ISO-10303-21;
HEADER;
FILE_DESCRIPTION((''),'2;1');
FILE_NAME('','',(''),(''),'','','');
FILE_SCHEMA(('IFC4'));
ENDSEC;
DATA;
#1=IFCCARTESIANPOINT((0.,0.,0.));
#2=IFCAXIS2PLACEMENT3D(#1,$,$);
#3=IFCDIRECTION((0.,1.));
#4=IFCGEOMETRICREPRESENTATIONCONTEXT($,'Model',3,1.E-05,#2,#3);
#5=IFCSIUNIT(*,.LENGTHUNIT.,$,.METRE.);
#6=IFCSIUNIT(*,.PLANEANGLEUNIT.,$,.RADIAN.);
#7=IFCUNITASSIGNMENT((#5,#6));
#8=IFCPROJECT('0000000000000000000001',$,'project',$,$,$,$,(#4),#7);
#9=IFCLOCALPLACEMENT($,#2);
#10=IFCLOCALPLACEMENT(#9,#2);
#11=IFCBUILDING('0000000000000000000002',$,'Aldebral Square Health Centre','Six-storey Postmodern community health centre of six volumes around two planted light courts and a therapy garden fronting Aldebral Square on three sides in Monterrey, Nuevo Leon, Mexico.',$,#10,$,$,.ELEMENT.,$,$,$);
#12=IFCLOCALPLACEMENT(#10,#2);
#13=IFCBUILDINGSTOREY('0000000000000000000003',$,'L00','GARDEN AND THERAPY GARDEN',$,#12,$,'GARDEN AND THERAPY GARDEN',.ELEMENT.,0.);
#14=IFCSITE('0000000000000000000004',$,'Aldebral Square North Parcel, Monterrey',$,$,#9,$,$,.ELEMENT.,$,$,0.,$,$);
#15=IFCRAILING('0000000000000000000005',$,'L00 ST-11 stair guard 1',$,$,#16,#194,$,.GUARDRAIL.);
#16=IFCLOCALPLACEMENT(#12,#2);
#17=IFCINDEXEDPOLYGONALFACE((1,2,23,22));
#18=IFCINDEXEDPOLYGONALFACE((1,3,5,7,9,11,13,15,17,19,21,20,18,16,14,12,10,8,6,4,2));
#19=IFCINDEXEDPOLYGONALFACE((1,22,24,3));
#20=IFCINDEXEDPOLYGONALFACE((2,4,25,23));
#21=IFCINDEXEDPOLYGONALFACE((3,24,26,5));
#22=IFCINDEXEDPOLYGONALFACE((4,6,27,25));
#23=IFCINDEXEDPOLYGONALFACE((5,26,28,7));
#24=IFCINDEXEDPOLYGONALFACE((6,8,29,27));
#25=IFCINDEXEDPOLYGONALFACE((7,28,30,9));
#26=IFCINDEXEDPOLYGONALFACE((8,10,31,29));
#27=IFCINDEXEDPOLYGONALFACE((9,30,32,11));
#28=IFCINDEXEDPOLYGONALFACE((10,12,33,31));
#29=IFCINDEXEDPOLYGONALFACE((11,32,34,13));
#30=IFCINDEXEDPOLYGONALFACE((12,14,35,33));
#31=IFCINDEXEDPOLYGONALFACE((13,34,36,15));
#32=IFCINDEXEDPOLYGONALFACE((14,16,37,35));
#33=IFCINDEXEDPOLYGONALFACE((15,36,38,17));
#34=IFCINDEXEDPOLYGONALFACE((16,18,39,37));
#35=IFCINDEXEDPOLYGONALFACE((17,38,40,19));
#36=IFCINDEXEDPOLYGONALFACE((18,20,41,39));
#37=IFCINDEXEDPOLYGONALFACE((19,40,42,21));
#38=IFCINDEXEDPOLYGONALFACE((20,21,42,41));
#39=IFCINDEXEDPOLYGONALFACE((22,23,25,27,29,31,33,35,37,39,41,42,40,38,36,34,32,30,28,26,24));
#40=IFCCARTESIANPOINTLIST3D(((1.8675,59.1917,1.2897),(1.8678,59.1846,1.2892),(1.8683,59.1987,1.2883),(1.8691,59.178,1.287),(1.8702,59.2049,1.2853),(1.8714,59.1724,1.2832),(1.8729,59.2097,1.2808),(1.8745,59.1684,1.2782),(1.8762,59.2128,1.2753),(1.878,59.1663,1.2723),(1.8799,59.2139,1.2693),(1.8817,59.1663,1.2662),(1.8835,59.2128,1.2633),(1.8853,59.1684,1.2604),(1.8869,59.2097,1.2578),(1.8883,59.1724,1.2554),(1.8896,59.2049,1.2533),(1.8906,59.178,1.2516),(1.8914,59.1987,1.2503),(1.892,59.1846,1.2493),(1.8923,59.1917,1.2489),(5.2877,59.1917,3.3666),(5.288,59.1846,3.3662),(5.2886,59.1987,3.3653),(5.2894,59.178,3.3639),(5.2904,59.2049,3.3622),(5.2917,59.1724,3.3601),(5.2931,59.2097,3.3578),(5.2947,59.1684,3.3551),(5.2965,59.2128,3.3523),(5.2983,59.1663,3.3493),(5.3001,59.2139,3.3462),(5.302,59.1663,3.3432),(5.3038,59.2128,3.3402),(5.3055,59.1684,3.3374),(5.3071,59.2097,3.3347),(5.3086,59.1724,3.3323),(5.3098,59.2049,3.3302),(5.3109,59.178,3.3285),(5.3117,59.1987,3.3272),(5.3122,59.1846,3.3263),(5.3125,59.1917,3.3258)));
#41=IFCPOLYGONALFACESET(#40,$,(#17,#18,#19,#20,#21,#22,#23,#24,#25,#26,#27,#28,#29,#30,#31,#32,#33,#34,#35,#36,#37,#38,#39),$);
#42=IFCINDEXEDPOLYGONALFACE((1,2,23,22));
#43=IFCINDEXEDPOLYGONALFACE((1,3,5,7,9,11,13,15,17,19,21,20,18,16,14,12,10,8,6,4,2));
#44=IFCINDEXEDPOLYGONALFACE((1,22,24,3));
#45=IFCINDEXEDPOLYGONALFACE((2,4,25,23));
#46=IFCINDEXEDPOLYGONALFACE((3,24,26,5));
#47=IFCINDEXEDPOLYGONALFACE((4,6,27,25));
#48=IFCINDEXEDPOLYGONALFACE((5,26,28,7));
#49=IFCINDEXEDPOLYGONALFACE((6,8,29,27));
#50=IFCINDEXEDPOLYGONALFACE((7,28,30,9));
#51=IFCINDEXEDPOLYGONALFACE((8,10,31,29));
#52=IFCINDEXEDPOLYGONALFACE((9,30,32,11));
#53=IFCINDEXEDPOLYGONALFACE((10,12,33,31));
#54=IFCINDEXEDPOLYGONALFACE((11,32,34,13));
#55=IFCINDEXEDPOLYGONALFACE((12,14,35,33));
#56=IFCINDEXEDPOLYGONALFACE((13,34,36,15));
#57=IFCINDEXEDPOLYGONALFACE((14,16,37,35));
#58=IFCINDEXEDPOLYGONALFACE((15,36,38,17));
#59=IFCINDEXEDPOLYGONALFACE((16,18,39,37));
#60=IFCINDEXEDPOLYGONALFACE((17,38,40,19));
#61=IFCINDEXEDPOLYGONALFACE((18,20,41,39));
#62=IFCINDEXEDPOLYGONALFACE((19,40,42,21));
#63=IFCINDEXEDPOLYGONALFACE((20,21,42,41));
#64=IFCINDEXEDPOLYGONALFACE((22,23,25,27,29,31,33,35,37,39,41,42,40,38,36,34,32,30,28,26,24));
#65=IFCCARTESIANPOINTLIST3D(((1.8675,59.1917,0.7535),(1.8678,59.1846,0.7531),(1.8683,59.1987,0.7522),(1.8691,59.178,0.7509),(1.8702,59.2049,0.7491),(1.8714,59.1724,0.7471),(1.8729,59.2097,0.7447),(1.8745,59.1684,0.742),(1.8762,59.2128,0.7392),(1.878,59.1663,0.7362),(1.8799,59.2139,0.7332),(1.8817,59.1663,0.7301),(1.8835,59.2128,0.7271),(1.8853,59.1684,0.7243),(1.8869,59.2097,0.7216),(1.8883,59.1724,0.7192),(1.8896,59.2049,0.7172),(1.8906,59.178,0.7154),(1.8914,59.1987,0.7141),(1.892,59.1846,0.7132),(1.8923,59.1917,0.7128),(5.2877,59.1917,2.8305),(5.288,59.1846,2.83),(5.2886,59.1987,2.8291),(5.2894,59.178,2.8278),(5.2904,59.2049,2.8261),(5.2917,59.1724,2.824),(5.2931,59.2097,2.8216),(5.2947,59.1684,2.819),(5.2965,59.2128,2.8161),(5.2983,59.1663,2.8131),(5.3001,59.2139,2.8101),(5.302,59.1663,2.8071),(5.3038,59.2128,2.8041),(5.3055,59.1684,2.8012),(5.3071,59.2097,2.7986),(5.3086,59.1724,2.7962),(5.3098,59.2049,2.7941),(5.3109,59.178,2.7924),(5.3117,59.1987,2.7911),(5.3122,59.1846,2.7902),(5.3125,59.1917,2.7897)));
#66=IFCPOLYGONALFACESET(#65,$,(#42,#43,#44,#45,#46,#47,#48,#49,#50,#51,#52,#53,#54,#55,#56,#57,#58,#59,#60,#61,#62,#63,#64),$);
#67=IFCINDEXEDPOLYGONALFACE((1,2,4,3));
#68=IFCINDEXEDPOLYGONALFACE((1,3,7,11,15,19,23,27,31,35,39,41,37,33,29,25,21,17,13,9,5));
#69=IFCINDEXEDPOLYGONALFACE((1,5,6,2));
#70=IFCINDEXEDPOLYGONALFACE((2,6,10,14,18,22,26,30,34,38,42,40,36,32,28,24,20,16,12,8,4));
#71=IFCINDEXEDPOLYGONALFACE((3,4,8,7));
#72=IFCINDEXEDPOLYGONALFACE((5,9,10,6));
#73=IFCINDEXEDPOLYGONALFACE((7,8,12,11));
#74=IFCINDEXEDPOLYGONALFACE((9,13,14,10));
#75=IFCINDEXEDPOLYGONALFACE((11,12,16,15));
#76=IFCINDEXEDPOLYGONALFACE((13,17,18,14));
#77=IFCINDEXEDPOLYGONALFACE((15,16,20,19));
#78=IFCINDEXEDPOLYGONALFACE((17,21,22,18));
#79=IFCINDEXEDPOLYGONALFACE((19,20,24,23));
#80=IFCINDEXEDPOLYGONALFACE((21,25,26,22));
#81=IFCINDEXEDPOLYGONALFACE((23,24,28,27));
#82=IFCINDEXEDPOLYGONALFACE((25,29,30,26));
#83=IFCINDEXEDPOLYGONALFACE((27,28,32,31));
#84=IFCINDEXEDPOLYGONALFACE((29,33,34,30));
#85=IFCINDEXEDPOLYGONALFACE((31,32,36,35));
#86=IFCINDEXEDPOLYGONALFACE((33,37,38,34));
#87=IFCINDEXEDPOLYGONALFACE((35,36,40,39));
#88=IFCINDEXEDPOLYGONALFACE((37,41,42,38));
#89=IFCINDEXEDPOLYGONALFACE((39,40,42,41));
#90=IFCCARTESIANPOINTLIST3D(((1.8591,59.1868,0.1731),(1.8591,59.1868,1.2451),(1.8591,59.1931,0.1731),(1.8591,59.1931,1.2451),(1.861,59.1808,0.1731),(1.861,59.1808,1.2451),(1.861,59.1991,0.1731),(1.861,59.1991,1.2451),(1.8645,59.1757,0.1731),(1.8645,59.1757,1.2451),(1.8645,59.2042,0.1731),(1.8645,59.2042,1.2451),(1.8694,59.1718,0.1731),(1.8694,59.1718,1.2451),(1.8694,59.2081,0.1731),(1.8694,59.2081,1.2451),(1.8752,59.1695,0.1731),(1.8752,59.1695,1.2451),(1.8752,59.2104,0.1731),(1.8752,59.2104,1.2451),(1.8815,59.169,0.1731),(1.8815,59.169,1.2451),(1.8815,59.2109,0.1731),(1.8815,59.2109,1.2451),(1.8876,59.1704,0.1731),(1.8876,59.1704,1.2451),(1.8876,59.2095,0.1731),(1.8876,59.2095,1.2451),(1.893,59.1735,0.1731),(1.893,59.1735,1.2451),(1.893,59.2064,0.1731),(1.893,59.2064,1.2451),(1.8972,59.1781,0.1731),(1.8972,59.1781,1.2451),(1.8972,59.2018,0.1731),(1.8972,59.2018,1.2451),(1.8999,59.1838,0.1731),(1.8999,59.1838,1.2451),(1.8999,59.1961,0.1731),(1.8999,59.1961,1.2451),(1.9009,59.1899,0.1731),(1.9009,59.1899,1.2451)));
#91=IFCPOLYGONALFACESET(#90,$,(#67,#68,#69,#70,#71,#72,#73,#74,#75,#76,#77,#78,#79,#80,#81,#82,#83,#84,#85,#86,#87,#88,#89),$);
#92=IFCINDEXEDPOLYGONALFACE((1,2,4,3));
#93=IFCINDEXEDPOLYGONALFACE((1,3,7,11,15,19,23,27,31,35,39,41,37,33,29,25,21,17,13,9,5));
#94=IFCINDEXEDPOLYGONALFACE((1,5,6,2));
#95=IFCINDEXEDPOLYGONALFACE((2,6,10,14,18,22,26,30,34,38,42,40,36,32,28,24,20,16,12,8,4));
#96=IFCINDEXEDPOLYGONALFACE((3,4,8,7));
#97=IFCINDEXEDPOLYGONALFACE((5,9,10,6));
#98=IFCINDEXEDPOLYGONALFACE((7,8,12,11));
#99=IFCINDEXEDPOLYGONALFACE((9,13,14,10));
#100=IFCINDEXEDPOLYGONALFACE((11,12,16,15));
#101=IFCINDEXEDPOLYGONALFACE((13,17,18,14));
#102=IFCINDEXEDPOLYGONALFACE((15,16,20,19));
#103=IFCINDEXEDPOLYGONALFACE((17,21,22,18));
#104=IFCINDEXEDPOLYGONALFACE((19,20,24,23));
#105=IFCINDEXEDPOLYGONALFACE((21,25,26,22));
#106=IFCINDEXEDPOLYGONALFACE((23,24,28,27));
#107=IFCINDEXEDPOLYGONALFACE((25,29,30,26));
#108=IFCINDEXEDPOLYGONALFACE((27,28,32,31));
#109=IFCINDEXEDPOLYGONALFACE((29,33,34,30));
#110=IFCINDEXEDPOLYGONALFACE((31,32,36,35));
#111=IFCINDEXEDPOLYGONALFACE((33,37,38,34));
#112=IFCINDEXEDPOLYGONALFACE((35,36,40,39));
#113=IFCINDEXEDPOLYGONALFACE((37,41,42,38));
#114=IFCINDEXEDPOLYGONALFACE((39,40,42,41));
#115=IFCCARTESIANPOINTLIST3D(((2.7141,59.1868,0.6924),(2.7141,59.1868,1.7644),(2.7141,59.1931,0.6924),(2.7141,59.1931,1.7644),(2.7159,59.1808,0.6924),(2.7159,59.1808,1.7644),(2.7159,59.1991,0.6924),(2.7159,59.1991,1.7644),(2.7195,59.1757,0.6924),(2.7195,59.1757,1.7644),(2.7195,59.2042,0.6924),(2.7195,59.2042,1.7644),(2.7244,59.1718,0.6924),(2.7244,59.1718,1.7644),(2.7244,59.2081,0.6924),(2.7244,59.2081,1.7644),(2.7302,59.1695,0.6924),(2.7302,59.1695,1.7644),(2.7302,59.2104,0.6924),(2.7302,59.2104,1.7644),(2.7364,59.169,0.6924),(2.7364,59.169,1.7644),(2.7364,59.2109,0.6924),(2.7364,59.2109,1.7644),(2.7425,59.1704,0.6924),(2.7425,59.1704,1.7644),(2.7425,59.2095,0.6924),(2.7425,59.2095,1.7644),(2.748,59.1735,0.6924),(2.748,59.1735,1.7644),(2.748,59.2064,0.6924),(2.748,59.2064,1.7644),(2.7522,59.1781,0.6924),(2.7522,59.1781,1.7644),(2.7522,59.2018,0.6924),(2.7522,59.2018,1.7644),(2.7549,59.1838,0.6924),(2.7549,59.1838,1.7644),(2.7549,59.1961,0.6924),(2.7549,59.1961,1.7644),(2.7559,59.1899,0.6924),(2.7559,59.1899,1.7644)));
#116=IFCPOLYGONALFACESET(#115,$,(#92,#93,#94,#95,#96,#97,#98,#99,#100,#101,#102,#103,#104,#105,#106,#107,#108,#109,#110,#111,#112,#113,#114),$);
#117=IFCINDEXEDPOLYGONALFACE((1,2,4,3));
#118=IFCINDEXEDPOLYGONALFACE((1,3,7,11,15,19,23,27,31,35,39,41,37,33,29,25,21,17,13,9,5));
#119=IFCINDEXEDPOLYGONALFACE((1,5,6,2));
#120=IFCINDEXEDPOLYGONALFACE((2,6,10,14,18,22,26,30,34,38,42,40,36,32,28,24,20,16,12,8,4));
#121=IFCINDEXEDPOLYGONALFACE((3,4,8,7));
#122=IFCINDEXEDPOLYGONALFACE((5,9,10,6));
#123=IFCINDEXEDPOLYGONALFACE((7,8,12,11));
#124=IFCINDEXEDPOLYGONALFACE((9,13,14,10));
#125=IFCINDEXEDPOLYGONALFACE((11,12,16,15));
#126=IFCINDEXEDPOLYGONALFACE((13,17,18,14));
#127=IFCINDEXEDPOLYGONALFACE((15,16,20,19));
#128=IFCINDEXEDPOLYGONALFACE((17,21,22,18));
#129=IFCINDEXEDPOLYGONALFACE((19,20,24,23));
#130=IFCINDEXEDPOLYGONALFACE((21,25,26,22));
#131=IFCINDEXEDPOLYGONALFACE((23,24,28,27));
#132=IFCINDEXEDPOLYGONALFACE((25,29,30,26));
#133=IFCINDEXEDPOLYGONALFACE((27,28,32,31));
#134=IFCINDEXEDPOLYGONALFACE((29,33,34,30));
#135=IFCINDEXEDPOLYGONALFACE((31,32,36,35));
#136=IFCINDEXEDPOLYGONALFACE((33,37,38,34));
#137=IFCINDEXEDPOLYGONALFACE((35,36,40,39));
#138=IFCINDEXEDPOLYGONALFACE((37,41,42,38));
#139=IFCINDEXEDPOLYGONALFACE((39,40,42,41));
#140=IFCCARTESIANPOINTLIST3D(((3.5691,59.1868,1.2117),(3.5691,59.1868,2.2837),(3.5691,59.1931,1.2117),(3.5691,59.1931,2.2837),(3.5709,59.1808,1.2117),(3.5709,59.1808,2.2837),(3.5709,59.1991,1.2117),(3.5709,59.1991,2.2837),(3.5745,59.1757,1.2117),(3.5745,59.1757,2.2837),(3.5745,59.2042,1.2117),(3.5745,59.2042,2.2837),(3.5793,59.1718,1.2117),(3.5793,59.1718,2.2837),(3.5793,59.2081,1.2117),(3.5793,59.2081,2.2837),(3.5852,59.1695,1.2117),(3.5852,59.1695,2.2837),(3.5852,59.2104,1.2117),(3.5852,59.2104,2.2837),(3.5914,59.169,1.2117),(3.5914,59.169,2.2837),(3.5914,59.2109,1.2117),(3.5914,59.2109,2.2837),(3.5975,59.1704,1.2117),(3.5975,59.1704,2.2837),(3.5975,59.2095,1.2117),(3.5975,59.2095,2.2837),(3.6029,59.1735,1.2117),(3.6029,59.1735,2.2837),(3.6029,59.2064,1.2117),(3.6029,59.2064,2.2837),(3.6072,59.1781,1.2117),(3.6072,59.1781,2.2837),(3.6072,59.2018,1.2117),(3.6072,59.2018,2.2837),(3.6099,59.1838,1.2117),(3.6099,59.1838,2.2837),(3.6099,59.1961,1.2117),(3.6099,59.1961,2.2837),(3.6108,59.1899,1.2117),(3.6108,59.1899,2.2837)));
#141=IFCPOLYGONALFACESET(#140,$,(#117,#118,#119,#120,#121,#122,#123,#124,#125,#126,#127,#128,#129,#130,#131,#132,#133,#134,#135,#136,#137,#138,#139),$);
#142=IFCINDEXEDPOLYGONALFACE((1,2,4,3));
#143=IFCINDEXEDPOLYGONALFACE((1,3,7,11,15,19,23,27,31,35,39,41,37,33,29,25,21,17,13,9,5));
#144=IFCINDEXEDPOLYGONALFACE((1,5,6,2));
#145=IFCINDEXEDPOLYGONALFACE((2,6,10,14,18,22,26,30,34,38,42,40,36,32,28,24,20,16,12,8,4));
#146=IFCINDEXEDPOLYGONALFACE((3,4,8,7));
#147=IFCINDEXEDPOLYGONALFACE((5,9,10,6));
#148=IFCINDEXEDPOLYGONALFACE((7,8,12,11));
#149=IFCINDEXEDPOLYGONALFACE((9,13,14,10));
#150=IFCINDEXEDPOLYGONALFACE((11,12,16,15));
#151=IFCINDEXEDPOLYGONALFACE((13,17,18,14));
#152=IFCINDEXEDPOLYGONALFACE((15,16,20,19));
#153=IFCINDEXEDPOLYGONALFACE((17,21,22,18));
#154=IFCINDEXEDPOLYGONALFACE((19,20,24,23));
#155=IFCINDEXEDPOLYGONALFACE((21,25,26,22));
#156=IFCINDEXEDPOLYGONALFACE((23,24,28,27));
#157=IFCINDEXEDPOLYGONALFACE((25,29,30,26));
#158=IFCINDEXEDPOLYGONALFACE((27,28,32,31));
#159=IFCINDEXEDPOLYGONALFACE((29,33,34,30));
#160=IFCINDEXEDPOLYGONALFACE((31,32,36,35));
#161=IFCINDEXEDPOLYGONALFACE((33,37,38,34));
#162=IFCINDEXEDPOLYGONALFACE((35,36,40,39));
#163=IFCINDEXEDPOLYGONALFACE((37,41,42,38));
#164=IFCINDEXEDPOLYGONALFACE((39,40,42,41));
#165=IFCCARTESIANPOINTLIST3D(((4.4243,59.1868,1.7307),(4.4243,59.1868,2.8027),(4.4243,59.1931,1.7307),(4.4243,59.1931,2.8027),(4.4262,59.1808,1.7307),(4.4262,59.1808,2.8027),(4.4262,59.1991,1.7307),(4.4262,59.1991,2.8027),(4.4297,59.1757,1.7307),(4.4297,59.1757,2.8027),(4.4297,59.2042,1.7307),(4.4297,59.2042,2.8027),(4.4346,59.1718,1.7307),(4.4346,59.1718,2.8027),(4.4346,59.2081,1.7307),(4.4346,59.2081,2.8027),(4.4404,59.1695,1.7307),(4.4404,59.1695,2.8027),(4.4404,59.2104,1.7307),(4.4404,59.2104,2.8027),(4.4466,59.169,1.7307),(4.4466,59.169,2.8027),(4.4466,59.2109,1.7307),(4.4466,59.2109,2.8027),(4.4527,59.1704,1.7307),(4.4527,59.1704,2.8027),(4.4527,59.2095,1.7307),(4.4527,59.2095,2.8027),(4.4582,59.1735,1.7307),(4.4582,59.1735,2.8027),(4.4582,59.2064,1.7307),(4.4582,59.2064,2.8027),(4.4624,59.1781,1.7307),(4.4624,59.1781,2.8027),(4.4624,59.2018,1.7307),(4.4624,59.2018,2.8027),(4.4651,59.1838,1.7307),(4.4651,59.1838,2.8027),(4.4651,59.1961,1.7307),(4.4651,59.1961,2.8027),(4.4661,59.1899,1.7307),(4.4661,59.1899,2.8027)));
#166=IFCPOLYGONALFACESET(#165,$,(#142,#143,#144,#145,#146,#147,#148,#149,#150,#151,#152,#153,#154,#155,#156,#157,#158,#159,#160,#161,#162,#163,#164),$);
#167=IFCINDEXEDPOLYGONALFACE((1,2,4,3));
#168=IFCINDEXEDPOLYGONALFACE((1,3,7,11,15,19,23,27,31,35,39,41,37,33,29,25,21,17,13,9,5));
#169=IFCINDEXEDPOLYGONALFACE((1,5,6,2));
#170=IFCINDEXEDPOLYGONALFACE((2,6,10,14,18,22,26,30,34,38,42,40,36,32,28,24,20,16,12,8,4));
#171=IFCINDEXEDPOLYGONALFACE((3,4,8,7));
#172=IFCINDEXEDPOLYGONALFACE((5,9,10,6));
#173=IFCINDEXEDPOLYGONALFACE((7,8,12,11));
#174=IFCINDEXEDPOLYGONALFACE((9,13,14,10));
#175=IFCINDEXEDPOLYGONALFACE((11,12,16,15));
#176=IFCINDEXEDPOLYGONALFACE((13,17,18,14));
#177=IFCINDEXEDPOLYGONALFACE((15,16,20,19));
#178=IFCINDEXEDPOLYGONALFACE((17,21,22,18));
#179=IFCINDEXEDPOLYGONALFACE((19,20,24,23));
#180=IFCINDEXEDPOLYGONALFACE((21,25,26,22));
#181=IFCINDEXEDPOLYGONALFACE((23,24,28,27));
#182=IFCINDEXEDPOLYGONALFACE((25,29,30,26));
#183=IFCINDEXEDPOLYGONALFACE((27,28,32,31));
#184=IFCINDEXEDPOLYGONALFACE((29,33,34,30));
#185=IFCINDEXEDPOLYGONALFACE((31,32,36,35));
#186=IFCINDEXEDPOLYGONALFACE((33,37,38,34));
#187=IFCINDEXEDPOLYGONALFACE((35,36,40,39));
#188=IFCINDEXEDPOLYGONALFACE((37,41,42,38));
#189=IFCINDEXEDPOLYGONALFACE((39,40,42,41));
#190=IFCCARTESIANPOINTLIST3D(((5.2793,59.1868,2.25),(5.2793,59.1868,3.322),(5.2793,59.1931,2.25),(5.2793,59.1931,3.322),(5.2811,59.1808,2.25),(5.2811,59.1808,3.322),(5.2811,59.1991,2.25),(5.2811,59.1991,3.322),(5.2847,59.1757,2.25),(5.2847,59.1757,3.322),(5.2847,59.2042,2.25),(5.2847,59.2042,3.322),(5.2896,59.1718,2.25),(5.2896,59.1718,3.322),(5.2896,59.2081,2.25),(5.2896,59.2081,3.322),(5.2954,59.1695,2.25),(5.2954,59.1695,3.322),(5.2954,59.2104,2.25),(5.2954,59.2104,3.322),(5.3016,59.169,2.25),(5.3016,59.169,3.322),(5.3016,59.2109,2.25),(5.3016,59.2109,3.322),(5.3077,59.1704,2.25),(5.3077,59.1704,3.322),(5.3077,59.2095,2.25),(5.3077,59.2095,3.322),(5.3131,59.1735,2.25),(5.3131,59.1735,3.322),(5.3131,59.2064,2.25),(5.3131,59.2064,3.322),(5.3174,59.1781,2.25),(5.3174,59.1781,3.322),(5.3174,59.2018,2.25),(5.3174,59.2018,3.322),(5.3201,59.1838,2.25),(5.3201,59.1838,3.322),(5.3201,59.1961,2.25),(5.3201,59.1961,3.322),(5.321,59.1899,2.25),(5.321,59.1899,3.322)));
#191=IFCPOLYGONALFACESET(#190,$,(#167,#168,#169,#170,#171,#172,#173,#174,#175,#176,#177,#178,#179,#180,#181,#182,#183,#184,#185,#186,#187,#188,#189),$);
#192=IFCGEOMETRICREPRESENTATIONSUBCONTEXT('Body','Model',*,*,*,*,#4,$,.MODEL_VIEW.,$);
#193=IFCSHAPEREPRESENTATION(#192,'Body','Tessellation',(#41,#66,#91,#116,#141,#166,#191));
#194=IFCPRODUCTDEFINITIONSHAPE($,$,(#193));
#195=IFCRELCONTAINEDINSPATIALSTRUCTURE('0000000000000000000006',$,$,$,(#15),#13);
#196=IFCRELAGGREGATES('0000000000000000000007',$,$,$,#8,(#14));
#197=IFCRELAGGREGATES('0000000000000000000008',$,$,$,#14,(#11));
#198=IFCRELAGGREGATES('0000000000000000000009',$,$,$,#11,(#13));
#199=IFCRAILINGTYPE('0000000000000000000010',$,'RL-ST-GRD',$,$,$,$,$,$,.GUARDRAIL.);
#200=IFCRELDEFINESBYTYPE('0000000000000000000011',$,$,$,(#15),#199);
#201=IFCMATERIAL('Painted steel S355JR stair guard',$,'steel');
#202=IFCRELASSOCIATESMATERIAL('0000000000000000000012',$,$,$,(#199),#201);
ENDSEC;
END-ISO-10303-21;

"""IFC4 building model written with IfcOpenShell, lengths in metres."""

from ifc_helpers import new_model, si_unit, direction, frame, origin, origin_2d, place, context, subcontext, project, spatial, circle, extrude, material, type_object, element, save


model = new_model("IFC4")

# Units and contexts
model_context = context("Model", 3, precision=1e-05, world=origin(), true_north=direction((0.0, 1.0)))
body_context = subcontext(model_context, "Body", "Model", "MODEL_VIEW")
ifc_project = project(units=[si_unit("LENGTHUNIT", "METRE"), si_unit("PLANEANGLEUNIT", "RADIAN")], contexts=[model_context])

# Site, building, storey
site_placement = place(None, origin())
site = spatial("IfcSite", under=ifc_project, at=site_placement, Name="Aldebral Square North Parcel, Monterrey", CompositionType="ELEMENT", RefElevation=0.0)
building_placement = place(site_placement, origin())
building = spatial("IfcBuilding", under=site, at=building_placement, Name="Aldebral Square Health Centre", Description="Six-storey Postmodern community health centre of six volumes around two planted light courts and a therapy garden fronting Aldebral Square on three sides in Monterrey, Nuevo Leon, Mexico.", CompositionType="ELEMENT")
storey_placement = place(building_placement, origin())
storey = spatial("IfcBuildingStorey", under=building, at=storey_placement, Name="L00", Description="GARDEN AND THERAPY GARDEN", LongName="GARDEN AND THERAPY GARDEN", CompositionType="ELEMENT", Elevation=0.0)

# Railing
ifc_material_1 = material(Name="Painted steel S355JR stair guard", Category="steel")
railing_type_1 = type_object("IfcRailingType", Name="RL-ST-GRD", PredefinedType="GUARDRAIL", material=ifc_material_1)
railing_1_placement = place(storey_placement, frame((1.8799, 59.1899, 0.1731)))
element("IfcRailing", 1, at=railing_1_placement, inside=storey, type_object=railing_type_1, Name="L00 ST-11 stair guard 1", PredefinedType="GUARDRAIL", context=body_context, shape_type="SweptSolid", body=[
    extrude(circle(Radius=0.0239, at=origin_2d()), frame((0.0, 0.0, 1.0962), z_axis=(0.854746, 0.0, 0.519047), x_axis=(0.0, 1.0, 0.0)), (0.0, 0.0, 1.0), 4.0015),
    extrude(circle(Radius=0.0239, at=origin_2d()), frame((0.0, 0.0, 0.5601), z_axis=(0.854746, 0.0, 0.519047), x_axis=(0.0, 1.0, 0.0)), (0.0, 0.0, 1.0), 4.0015),
    extrude(circle(Radius=0.021, at=origin_2d()), origin(), (0.0, 0.0, 1.0), 1.072),
    extrude(circle(Radius=0.021, at=origin_2d()), frame((0.855, 0.0, 0.5193)), (0.0, 0.0, 1.0), 1.072),
    extrude(circle(Radius=0.021, at=origin_2d()), frame((1.71, 0.0, 1.0386)), (0.0, 0.0, 1.0), 1.072),
    extrude(circle(Radius=0.021, at=origin_2d()), frame((2.5652, 0.0, 1.5576)), (0.0, 0.0, 1.0), 1.072),
    extrude(circle(Radius=0.021, at=origin_2d()), frame((3.4202, 0.0, 2.0769)), (0.0, 0.0, 1.0), 1.072),
])

save(model, "model.ifc")
